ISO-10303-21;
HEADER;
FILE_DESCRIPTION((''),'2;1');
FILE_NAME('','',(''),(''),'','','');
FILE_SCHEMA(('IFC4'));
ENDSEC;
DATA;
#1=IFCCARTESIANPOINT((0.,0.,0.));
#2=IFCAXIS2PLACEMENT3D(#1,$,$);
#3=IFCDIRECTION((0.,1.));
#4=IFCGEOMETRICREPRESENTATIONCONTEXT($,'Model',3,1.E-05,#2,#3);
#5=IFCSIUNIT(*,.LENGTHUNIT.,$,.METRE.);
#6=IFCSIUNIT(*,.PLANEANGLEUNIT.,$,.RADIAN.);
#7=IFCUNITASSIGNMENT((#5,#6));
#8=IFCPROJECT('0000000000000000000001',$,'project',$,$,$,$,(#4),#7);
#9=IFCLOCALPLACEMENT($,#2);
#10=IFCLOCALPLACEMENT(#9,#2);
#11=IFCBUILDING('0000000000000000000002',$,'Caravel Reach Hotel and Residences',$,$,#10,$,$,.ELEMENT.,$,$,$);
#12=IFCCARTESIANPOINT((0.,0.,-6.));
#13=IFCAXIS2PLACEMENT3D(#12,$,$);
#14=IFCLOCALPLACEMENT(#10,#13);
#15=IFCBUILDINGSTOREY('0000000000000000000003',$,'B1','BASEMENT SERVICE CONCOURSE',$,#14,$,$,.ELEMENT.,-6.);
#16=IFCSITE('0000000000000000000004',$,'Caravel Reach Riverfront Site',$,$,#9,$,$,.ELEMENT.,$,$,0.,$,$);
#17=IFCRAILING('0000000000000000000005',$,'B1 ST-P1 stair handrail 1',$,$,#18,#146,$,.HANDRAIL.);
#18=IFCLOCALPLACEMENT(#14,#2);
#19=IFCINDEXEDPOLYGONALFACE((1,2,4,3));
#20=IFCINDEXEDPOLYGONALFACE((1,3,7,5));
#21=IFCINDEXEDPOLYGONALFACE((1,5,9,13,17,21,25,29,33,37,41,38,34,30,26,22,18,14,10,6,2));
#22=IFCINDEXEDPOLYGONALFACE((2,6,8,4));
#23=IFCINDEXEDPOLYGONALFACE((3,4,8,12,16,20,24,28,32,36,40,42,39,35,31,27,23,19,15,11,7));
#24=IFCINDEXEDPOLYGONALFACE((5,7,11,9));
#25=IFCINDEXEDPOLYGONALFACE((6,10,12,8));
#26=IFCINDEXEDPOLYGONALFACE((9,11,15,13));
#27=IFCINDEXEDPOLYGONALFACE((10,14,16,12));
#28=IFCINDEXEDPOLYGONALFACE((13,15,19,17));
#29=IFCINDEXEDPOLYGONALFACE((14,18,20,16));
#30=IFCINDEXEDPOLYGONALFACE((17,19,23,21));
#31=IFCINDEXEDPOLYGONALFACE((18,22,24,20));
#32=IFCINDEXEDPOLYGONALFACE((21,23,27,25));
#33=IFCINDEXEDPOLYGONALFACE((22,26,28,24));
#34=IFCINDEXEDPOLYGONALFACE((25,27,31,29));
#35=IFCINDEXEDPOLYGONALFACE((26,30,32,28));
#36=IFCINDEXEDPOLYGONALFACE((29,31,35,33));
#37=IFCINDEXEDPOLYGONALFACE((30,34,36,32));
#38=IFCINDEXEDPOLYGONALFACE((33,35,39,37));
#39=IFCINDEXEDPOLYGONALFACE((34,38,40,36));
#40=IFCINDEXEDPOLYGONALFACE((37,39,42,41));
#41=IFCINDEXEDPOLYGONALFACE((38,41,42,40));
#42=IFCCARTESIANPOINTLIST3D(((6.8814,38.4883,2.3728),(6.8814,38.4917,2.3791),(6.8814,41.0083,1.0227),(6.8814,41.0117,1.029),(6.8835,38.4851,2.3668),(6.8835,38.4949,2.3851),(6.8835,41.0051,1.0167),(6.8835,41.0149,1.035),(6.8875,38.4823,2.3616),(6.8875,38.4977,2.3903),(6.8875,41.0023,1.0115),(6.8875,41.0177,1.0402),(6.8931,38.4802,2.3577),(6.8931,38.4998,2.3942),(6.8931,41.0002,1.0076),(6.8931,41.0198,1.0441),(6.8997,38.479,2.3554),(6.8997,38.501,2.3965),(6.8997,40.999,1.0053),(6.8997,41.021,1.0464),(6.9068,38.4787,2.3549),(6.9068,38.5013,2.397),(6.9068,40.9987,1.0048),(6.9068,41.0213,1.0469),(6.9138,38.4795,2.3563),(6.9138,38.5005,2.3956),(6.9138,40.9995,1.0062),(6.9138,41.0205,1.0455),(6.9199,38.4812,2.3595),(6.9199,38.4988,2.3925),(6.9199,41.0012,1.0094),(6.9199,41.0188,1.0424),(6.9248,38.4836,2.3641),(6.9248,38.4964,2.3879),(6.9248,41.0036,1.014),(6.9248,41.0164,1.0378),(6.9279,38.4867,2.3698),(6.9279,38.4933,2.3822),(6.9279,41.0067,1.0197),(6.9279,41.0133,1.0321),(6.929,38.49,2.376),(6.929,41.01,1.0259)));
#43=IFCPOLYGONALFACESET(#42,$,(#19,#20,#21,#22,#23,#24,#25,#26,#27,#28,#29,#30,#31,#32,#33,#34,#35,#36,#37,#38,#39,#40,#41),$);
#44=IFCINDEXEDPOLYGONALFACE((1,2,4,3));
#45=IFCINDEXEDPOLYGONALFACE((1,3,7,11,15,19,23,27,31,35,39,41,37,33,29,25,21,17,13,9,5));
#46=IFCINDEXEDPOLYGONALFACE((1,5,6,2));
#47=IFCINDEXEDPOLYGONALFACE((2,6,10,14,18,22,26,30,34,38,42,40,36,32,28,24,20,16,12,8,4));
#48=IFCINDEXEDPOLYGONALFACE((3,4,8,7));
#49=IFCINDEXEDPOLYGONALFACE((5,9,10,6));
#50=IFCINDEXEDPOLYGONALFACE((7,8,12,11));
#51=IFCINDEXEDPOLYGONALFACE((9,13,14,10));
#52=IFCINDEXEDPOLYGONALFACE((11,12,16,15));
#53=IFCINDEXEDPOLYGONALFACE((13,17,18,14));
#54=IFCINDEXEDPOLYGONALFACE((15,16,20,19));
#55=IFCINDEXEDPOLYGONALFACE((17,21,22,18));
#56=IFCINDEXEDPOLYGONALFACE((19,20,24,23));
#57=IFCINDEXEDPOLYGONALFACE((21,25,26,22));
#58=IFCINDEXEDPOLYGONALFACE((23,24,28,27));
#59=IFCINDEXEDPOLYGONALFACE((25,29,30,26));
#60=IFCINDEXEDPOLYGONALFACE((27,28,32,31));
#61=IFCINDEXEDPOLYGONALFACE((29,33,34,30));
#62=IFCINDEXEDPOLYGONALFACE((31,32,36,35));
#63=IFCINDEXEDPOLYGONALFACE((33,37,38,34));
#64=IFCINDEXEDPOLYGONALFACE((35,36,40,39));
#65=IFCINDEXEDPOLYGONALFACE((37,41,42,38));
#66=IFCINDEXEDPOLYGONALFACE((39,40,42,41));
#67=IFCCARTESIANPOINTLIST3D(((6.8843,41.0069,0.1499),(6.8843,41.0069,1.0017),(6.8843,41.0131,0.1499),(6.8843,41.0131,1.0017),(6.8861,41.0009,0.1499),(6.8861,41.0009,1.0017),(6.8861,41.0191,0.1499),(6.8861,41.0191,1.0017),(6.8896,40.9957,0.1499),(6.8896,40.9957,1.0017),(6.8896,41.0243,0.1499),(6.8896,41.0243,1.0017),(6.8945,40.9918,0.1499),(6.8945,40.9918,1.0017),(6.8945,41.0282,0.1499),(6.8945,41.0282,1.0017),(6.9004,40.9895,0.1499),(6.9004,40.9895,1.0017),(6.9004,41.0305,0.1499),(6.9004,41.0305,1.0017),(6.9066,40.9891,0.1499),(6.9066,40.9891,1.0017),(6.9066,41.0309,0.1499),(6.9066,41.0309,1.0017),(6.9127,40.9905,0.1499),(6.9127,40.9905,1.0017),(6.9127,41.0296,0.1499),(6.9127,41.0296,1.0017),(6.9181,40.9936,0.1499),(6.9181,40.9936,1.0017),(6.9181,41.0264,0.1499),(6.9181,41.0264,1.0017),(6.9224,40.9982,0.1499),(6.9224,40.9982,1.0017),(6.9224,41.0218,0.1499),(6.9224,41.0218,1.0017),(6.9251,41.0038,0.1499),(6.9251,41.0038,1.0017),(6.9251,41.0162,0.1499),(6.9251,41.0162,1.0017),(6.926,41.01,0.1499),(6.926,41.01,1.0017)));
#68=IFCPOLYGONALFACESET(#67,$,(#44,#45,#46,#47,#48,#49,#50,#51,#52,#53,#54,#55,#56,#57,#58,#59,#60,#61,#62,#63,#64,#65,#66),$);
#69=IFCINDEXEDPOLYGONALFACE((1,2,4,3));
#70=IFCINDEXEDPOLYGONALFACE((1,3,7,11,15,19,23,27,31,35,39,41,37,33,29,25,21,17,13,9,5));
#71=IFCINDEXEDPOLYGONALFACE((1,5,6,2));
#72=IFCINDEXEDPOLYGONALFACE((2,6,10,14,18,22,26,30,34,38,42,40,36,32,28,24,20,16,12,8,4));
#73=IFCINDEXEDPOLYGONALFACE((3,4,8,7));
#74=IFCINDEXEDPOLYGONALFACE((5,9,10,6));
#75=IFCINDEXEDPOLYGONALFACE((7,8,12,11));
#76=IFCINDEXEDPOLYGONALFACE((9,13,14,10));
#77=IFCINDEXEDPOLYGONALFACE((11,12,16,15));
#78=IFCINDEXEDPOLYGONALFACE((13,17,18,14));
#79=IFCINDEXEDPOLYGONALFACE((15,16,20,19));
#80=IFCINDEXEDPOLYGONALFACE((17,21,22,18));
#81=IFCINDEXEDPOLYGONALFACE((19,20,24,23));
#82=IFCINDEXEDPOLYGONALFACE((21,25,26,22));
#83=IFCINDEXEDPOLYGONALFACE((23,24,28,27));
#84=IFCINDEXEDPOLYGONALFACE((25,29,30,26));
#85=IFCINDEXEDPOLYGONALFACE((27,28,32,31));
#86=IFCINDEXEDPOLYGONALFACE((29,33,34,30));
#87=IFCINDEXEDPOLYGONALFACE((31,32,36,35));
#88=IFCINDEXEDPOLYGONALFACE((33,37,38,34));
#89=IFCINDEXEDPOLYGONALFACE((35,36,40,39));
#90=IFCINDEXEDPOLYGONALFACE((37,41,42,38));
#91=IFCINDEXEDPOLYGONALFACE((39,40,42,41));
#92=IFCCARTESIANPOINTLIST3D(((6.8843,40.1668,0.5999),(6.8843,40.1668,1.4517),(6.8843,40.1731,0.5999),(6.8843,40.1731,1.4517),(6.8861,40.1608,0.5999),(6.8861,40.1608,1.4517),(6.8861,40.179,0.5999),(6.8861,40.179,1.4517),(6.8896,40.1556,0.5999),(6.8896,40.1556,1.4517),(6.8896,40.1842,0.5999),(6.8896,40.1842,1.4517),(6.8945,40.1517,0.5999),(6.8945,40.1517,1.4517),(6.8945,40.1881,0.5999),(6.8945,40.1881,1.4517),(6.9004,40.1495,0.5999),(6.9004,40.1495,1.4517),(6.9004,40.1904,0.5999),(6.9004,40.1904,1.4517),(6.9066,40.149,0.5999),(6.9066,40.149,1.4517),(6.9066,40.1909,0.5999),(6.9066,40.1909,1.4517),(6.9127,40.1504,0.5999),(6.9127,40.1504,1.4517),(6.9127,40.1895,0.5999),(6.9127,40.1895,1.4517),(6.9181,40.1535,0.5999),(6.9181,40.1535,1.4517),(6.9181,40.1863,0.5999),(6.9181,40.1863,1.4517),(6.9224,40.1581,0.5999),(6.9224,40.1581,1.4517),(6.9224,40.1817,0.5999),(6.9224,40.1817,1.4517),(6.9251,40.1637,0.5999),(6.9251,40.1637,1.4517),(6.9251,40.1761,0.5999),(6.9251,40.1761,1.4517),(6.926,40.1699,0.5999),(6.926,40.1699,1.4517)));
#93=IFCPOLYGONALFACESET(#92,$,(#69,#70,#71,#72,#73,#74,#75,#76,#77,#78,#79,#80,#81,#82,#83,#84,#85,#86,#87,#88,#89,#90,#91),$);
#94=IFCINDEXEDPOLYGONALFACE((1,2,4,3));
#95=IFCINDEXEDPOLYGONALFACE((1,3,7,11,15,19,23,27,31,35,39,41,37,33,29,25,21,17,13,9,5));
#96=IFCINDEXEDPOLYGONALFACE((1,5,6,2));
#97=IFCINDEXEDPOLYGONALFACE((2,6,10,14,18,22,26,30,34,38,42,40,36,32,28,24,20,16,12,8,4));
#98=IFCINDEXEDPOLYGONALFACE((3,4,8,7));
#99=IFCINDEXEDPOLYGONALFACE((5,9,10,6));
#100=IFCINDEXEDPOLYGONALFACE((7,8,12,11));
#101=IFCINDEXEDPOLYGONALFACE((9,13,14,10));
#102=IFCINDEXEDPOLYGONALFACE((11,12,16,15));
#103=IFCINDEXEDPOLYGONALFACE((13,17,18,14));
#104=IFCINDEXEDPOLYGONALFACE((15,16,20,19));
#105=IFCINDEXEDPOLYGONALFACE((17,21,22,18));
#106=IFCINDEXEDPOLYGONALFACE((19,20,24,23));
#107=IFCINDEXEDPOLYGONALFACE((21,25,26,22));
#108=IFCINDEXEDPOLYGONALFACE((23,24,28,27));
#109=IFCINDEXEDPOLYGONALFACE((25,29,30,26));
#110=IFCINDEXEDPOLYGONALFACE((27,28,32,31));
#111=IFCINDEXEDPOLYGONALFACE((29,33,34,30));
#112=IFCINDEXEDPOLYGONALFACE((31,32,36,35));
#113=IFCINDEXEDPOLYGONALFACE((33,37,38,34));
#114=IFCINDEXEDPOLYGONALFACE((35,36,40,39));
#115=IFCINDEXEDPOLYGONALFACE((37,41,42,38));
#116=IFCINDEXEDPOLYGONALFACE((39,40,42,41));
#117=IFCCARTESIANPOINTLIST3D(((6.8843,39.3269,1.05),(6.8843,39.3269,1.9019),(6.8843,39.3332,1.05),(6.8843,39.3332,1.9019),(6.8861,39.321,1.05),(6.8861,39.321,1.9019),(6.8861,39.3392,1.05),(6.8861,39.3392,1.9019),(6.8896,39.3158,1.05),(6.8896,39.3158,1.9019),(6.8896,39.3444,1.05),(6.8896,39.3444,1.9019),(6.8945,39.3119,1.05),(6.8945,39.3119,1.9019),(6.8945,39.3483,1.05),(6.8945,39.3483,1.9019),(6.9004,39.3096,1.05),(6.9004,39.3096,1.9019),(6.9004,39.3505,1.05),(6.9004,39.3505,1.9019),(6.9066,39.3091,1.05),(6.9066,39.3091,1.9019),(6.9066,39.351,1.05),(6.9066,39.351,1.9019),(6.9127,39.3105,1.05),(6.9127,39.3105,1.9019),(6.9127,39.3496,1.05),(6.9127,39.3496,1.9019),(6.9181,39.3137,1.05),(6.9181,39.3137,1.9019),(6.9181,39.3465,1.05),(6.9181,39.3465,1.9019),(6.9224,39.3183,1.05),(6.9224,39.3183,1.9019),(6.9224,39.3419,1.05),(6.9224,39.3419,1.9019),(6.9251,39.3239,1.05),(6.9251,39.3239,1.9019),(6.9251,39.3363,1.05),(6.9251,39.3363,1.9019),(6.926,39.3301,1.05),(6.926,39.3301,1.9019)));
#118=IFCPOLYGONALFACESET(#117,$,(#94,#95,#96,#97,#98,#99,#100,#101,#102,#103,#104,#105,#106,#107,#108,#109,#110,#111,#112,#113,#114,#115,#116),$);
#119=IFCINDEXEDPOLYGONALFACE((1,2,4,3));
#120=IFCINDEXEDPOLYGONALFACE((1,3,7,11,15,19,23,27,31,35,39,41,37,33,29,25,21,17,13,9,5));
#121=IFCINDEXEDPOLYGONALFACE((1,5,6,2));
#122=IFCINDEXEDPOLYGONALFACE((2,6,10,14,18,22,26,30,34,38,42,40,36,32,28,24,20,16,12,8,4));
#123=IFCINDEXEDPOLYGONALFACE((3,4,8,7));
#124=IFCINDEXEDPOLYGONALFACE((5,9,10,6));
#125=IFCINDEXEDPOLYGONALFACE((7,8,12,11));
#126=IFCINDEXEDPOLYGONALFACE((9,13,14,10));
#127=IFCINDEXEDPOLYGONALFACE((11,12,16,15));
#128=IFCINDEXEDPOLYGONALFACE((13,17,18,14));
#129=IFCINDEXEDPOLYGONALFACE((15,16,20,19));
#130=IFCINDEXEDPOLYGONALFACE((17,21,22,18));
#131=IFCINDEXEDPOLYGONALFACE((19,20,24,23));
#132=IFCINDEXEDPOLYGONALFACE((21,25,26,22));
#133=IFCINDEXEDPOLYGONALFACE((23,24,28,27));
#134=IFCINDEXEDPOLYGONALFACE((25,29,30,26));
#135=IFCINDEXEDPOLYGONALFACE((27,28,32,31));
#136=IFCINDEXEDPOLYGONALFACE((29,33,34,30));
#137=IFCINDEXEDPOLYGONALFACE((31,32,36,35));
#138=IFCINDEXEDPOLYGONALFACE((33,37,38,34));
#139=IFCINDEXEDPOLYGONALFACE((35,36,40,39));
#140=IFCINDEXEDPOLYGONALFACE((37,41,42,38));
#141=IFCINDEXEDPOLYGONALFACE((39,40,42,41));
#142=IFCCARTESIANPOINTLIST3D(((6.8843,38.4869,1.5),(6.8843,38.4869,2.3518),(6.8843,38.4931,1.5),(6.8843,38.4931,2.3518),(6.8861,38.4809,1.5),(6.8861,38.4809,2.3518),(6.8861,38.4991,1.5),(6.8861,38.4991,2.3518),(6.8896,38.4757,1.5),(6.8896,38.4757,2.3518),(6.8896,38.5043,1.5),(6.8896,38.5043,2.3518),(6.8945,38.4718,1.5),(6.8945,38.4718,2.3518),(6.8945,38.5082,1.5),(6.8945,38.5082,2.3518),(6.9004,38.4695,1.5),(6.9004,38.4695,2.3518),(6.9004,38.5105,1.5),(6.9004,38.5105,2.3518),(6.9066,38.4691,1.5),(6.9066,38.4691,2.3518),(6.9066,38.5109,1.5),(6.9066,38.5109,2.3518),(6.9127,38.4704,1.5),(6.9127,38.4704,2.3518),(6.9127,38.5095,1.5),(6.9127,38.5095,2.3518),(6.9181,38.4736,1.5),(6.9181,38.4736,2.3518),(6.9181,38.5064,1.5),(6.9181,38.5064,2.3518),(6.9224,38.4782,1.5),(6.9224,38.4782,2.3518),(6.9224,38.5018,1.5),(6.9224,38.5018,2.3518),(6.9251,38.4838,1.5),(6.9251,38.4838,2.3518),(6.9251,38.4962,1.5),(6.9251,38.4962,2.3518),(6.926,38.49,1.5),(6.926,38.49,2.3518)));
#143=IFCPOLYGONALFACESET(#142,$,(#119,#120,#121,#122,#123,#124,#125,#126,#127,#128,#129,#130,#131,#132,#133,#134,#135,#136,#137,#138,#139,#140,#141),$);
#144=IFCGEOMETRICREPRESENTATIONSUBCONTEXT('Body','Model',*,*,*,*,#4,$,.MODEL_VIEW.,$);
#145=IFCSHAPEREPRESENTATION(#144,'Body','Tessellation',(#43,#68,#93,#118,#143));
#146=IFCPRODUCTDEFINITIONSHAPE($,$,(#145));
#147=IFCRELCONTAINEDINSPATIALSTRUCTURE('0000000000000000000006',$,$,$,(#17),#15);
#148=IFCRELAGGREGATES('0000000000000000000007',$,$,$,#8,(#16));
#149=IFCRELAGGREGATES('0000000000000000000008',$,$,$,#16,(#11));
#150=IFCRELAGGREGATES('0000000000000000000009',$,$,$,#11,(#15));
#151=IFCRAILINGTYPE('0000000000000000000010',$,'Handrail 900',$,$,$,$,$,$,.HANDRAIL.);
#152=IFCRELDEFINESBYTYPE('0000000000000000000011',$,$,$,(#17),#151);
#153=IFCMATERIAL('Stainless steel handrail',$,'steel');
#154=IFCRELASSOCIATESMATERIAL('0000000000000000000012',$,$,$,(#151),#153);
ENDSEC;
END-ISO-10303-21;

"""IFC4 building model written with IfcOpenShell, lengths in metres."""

from ifc_helpers import new_model, si_unit, direction, frame, origin, origin_2d, place, context, subcontext, project, spatial, circle, extrude, material, type_object, element, save


model = new_model("IFC4")

# Units and contexts
model_context = context("Model", 3, precision=1e-05, world=origin(), true_north=direction((0.0, 1.0)))
body_context = subcontext(model_context, "Body", "Model", "MODEL_VIEW")
ifc_project = project(units=[si_unit("LENGTHUNIT", "METRE"), si_unit("PLANEANGLEUNIT", "RADIAN")], contexts=[model_context])

# Site, building, storey
site_placement = place(None, origin())
site = spatial("IfcSite", under=ifc_project, at=site_placement, Name="Caravel Reach Riverfront Site", CompositionType="ELEMENT", RefElevation=0.0)
building_placement = place(site_placement, origin())
building = spatial("IfcBuilding", under=site, at=building_placement, Name="Caravel Reach Hotel and Residences", CompositionType="ELEMENT")
storey_placement = place(building_placement, frame((0.0, 0.0, -6.0)))
storey = spatial("IfcBuildingStorey", under=building, at=storey_placement, Name="B1", Description="BASEMENT SERVICE CONCOURSE", CompositionType="ELEMENT", Elevation=-6.0)

# Railing
ifc_material_1 = material(Name="Stainless steel handrail", Category="steel")
railing_type_1 = type_object("IfcRailingType", Name="Handrail 900", PredefinedType="HANDRAIL", material=ifc_material_1)
for number, where, name in (
    (1, (6.905, 41.01, 0.1499), "B1 ST-P1 stair handrail 1"),
):
    element("IfcRailing", number, at=place(storey_placement, frame(where)), inside=storey, type_object=railing_type_1, Name=name, PredefinedType="HANDRAIL", context=body_context, shape_type="SweptSolid", body=[
        extrude(circle(Radius=0.0239, at=origin_2d()), frame((0.0, 0.0, 0.876), z_axis=(0.0, -0.881467, 0.472245), x_axis=(1.0, 0.0, 0.0)), (0.0, 0.0, 1.0), 2.8589),
        extrude(circle(Radius=0.021, at=origin_2d()), origin(), (0.0, 0.0, 1.0), 0.8518),
        extrude(circle(Radius=0.021, at=origin_2d()), frame((0.0, -0.8401, 0.45)), (0.0, 0.0, 1.0), 0.8518),
        extrude(circle(Radius=0.021, at=origin_2d()), frame((0.0, -1.6799, 0.9001)), (0.0, 0.0, 1.0), 0.8518),
        extrude(circle(Radius=0.021, at=origin_2d()), frame((0.0, -2.52, 1.3501)), (0.0, 0.0, 1.0), 0.8518),
    ])

save(model, "model.ifc")
